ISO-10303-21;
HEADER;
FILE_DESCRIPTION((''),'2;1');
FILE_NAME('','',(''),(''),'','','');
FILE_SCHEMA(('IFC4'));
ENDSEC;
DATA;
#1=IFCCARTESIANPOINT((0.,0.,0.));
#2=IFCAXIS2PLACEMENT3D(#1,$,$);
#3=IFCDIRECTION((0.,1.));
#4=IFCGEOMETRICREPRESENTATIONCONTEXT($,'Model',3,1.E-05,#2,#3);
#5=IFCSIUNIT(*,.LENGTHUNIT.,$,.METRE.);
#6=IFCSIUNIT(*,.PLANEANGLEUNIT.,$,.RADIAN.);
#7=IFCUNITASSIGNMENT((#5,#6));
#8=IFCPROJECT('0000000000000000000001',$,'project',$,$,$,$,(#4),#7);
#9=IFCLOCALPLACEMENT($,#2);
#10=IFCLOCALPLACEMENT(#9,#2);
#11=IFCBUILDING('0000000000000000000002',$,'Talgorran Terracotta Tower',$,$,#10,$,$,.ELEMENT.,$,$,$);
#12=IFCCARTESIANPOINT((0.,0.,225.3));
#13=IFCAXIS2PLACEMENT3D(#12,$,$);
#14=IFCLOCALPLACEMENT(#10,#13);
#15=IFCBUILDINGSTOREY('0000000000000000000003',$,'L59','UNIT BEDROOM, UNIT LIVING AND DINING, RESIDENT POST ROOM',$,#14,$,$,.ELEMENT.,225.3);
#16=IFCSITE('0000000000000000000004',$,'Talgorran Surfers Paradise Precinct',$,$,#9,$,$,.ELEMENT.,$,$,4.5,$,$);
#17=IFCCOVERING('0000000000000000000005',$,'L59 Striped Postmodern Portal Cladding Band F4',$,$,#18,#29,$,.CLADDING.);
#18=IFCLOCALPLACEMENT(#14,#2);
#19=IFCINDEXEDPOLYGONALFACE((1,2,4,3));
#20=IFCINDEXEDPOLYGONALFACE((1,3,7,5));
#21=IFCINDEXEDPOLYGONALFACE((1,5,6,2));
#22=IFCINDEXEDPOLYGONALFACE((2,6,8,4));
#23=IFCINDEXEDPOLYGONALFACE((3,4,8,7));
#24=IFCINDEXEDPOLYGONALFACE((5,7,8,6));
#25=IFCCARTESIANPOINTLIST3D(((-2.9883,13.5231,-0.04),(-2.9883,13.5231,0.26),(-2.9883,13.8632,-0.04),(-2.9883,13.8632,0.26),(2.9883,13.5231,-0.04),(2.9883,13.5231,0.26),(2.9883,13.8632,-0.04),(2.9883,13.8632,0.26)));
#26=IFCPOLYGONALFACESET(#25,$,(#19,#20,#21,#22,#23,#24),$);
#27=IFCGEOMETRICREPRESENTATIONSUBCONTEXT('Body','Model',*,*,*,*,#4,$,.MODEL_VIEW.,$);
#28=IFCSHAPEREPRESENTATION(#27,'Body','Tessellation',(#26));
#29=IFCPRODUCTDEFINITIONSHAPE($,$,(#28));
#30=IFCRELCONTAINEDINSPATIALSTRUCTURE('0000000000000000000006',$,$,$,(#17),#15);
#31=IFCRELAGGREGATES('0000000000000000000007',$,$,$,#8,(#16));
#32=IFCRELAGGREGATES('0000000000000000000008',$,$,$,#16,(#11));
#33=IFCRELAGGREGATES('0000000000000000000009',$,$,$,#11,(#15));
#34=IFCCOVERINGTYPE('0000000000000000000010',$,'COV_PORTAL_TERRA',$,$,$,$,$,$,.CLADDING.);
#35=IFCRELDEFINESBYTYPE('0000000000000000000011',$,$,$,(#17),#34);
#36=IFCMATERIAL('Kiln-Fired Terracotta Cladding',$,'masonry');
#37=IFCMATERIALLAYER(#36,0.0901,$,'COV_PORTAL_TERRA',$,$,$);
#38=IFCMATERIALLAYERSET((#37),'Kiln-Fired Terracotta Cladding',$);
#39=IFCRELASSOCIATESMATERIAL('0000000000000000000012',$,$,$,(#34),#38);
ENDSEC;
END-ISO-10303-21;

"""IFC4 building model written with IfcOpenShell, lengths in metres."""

from ifc_helpers import new_model, si_unit, direction, frame, origin, origin_2d, place, context, subcontext, project, spatial, rectangle, extrude, material, layer, layer_set, type_object, element, save


model = new_model("IFC4")

# Units and contexts
model_context = context("Model", 3, precision=1e-05, world=origin(), true_north=direction((0.0, 1.0)))
body_context = subcontext(model_context, "Body", "Model", "MODEL_VIEW")
ifc_project = project(units=[si_unit("LENGTHUNIT", "METRE"), si_unit("PLANEANGLEUNIT", "RADIAN")], contexts=[model_context])

# Site, building, storey
site_placement = place(None, origin())
site = spatial("IfcSite", under=ifc_project, at=site_placement, Name="Talgorran Surfers Paradise Precinct", CompositionType="ELEMENT", RefElevation=4.5)
building_placement = place(site_placement, origin())
building = spatial("IfcBuilding", under=site, at=building_placement, Name="Talgorran Terracotta Tower", CompositionType="ELEMENT")
storey_placement = place(building_placement, frame((0.0, 0.0, 225.3)))
storey = spatial("IfcBuildingStorey", under=building, at=storey_placement, Name="L59", Description="UNIT BEDROOM, UNIT LIVING AND DINING, RESIDENT POST ROOM", CompositionType="ELEMENT", Elevation=225.3)

# Covering
ifc_material_1 = material(Name="Kiln-Fired Terracotta Cladding", Category="masonry")
ifc_layer_1 = layer(ifc_material_1, 0.0901, Name="COV_PORTAL_TERRA")
ifc_layer_set_1 = layer_set([ifc_layer_1], Name="Kiln-Fired Terracotta Cladding")
covering_type_1 = type_object("IfcCoveringType", Name="COV_PORTAL_TERRA", PredefinedType="CLADDING", material=ifc_layer_set_1)
covering_1_placement = place(storey_placement, frame((0.0, 13.6931, -0.04), z_axis=(0.0, 0.0, 1.0), x_axis=(-1.0, 0.0, 0.0)))
element("IfcCovering", 1, at=covering_1_placement, inside=storey, type_object=covering_type_1, Name="L59 Striped Postmodern Portal Cladding Band F4", PredefinedType="CLADDING", context=body_context, shape_type="SweptSolid", body=[
    extrude(rectangle(XDim=5.9766, YDim=0.3401, at=origin_2d()), origin(), (0.0, 0.0, 1.0), 0.3),
])

save(model, "model.ifc")
